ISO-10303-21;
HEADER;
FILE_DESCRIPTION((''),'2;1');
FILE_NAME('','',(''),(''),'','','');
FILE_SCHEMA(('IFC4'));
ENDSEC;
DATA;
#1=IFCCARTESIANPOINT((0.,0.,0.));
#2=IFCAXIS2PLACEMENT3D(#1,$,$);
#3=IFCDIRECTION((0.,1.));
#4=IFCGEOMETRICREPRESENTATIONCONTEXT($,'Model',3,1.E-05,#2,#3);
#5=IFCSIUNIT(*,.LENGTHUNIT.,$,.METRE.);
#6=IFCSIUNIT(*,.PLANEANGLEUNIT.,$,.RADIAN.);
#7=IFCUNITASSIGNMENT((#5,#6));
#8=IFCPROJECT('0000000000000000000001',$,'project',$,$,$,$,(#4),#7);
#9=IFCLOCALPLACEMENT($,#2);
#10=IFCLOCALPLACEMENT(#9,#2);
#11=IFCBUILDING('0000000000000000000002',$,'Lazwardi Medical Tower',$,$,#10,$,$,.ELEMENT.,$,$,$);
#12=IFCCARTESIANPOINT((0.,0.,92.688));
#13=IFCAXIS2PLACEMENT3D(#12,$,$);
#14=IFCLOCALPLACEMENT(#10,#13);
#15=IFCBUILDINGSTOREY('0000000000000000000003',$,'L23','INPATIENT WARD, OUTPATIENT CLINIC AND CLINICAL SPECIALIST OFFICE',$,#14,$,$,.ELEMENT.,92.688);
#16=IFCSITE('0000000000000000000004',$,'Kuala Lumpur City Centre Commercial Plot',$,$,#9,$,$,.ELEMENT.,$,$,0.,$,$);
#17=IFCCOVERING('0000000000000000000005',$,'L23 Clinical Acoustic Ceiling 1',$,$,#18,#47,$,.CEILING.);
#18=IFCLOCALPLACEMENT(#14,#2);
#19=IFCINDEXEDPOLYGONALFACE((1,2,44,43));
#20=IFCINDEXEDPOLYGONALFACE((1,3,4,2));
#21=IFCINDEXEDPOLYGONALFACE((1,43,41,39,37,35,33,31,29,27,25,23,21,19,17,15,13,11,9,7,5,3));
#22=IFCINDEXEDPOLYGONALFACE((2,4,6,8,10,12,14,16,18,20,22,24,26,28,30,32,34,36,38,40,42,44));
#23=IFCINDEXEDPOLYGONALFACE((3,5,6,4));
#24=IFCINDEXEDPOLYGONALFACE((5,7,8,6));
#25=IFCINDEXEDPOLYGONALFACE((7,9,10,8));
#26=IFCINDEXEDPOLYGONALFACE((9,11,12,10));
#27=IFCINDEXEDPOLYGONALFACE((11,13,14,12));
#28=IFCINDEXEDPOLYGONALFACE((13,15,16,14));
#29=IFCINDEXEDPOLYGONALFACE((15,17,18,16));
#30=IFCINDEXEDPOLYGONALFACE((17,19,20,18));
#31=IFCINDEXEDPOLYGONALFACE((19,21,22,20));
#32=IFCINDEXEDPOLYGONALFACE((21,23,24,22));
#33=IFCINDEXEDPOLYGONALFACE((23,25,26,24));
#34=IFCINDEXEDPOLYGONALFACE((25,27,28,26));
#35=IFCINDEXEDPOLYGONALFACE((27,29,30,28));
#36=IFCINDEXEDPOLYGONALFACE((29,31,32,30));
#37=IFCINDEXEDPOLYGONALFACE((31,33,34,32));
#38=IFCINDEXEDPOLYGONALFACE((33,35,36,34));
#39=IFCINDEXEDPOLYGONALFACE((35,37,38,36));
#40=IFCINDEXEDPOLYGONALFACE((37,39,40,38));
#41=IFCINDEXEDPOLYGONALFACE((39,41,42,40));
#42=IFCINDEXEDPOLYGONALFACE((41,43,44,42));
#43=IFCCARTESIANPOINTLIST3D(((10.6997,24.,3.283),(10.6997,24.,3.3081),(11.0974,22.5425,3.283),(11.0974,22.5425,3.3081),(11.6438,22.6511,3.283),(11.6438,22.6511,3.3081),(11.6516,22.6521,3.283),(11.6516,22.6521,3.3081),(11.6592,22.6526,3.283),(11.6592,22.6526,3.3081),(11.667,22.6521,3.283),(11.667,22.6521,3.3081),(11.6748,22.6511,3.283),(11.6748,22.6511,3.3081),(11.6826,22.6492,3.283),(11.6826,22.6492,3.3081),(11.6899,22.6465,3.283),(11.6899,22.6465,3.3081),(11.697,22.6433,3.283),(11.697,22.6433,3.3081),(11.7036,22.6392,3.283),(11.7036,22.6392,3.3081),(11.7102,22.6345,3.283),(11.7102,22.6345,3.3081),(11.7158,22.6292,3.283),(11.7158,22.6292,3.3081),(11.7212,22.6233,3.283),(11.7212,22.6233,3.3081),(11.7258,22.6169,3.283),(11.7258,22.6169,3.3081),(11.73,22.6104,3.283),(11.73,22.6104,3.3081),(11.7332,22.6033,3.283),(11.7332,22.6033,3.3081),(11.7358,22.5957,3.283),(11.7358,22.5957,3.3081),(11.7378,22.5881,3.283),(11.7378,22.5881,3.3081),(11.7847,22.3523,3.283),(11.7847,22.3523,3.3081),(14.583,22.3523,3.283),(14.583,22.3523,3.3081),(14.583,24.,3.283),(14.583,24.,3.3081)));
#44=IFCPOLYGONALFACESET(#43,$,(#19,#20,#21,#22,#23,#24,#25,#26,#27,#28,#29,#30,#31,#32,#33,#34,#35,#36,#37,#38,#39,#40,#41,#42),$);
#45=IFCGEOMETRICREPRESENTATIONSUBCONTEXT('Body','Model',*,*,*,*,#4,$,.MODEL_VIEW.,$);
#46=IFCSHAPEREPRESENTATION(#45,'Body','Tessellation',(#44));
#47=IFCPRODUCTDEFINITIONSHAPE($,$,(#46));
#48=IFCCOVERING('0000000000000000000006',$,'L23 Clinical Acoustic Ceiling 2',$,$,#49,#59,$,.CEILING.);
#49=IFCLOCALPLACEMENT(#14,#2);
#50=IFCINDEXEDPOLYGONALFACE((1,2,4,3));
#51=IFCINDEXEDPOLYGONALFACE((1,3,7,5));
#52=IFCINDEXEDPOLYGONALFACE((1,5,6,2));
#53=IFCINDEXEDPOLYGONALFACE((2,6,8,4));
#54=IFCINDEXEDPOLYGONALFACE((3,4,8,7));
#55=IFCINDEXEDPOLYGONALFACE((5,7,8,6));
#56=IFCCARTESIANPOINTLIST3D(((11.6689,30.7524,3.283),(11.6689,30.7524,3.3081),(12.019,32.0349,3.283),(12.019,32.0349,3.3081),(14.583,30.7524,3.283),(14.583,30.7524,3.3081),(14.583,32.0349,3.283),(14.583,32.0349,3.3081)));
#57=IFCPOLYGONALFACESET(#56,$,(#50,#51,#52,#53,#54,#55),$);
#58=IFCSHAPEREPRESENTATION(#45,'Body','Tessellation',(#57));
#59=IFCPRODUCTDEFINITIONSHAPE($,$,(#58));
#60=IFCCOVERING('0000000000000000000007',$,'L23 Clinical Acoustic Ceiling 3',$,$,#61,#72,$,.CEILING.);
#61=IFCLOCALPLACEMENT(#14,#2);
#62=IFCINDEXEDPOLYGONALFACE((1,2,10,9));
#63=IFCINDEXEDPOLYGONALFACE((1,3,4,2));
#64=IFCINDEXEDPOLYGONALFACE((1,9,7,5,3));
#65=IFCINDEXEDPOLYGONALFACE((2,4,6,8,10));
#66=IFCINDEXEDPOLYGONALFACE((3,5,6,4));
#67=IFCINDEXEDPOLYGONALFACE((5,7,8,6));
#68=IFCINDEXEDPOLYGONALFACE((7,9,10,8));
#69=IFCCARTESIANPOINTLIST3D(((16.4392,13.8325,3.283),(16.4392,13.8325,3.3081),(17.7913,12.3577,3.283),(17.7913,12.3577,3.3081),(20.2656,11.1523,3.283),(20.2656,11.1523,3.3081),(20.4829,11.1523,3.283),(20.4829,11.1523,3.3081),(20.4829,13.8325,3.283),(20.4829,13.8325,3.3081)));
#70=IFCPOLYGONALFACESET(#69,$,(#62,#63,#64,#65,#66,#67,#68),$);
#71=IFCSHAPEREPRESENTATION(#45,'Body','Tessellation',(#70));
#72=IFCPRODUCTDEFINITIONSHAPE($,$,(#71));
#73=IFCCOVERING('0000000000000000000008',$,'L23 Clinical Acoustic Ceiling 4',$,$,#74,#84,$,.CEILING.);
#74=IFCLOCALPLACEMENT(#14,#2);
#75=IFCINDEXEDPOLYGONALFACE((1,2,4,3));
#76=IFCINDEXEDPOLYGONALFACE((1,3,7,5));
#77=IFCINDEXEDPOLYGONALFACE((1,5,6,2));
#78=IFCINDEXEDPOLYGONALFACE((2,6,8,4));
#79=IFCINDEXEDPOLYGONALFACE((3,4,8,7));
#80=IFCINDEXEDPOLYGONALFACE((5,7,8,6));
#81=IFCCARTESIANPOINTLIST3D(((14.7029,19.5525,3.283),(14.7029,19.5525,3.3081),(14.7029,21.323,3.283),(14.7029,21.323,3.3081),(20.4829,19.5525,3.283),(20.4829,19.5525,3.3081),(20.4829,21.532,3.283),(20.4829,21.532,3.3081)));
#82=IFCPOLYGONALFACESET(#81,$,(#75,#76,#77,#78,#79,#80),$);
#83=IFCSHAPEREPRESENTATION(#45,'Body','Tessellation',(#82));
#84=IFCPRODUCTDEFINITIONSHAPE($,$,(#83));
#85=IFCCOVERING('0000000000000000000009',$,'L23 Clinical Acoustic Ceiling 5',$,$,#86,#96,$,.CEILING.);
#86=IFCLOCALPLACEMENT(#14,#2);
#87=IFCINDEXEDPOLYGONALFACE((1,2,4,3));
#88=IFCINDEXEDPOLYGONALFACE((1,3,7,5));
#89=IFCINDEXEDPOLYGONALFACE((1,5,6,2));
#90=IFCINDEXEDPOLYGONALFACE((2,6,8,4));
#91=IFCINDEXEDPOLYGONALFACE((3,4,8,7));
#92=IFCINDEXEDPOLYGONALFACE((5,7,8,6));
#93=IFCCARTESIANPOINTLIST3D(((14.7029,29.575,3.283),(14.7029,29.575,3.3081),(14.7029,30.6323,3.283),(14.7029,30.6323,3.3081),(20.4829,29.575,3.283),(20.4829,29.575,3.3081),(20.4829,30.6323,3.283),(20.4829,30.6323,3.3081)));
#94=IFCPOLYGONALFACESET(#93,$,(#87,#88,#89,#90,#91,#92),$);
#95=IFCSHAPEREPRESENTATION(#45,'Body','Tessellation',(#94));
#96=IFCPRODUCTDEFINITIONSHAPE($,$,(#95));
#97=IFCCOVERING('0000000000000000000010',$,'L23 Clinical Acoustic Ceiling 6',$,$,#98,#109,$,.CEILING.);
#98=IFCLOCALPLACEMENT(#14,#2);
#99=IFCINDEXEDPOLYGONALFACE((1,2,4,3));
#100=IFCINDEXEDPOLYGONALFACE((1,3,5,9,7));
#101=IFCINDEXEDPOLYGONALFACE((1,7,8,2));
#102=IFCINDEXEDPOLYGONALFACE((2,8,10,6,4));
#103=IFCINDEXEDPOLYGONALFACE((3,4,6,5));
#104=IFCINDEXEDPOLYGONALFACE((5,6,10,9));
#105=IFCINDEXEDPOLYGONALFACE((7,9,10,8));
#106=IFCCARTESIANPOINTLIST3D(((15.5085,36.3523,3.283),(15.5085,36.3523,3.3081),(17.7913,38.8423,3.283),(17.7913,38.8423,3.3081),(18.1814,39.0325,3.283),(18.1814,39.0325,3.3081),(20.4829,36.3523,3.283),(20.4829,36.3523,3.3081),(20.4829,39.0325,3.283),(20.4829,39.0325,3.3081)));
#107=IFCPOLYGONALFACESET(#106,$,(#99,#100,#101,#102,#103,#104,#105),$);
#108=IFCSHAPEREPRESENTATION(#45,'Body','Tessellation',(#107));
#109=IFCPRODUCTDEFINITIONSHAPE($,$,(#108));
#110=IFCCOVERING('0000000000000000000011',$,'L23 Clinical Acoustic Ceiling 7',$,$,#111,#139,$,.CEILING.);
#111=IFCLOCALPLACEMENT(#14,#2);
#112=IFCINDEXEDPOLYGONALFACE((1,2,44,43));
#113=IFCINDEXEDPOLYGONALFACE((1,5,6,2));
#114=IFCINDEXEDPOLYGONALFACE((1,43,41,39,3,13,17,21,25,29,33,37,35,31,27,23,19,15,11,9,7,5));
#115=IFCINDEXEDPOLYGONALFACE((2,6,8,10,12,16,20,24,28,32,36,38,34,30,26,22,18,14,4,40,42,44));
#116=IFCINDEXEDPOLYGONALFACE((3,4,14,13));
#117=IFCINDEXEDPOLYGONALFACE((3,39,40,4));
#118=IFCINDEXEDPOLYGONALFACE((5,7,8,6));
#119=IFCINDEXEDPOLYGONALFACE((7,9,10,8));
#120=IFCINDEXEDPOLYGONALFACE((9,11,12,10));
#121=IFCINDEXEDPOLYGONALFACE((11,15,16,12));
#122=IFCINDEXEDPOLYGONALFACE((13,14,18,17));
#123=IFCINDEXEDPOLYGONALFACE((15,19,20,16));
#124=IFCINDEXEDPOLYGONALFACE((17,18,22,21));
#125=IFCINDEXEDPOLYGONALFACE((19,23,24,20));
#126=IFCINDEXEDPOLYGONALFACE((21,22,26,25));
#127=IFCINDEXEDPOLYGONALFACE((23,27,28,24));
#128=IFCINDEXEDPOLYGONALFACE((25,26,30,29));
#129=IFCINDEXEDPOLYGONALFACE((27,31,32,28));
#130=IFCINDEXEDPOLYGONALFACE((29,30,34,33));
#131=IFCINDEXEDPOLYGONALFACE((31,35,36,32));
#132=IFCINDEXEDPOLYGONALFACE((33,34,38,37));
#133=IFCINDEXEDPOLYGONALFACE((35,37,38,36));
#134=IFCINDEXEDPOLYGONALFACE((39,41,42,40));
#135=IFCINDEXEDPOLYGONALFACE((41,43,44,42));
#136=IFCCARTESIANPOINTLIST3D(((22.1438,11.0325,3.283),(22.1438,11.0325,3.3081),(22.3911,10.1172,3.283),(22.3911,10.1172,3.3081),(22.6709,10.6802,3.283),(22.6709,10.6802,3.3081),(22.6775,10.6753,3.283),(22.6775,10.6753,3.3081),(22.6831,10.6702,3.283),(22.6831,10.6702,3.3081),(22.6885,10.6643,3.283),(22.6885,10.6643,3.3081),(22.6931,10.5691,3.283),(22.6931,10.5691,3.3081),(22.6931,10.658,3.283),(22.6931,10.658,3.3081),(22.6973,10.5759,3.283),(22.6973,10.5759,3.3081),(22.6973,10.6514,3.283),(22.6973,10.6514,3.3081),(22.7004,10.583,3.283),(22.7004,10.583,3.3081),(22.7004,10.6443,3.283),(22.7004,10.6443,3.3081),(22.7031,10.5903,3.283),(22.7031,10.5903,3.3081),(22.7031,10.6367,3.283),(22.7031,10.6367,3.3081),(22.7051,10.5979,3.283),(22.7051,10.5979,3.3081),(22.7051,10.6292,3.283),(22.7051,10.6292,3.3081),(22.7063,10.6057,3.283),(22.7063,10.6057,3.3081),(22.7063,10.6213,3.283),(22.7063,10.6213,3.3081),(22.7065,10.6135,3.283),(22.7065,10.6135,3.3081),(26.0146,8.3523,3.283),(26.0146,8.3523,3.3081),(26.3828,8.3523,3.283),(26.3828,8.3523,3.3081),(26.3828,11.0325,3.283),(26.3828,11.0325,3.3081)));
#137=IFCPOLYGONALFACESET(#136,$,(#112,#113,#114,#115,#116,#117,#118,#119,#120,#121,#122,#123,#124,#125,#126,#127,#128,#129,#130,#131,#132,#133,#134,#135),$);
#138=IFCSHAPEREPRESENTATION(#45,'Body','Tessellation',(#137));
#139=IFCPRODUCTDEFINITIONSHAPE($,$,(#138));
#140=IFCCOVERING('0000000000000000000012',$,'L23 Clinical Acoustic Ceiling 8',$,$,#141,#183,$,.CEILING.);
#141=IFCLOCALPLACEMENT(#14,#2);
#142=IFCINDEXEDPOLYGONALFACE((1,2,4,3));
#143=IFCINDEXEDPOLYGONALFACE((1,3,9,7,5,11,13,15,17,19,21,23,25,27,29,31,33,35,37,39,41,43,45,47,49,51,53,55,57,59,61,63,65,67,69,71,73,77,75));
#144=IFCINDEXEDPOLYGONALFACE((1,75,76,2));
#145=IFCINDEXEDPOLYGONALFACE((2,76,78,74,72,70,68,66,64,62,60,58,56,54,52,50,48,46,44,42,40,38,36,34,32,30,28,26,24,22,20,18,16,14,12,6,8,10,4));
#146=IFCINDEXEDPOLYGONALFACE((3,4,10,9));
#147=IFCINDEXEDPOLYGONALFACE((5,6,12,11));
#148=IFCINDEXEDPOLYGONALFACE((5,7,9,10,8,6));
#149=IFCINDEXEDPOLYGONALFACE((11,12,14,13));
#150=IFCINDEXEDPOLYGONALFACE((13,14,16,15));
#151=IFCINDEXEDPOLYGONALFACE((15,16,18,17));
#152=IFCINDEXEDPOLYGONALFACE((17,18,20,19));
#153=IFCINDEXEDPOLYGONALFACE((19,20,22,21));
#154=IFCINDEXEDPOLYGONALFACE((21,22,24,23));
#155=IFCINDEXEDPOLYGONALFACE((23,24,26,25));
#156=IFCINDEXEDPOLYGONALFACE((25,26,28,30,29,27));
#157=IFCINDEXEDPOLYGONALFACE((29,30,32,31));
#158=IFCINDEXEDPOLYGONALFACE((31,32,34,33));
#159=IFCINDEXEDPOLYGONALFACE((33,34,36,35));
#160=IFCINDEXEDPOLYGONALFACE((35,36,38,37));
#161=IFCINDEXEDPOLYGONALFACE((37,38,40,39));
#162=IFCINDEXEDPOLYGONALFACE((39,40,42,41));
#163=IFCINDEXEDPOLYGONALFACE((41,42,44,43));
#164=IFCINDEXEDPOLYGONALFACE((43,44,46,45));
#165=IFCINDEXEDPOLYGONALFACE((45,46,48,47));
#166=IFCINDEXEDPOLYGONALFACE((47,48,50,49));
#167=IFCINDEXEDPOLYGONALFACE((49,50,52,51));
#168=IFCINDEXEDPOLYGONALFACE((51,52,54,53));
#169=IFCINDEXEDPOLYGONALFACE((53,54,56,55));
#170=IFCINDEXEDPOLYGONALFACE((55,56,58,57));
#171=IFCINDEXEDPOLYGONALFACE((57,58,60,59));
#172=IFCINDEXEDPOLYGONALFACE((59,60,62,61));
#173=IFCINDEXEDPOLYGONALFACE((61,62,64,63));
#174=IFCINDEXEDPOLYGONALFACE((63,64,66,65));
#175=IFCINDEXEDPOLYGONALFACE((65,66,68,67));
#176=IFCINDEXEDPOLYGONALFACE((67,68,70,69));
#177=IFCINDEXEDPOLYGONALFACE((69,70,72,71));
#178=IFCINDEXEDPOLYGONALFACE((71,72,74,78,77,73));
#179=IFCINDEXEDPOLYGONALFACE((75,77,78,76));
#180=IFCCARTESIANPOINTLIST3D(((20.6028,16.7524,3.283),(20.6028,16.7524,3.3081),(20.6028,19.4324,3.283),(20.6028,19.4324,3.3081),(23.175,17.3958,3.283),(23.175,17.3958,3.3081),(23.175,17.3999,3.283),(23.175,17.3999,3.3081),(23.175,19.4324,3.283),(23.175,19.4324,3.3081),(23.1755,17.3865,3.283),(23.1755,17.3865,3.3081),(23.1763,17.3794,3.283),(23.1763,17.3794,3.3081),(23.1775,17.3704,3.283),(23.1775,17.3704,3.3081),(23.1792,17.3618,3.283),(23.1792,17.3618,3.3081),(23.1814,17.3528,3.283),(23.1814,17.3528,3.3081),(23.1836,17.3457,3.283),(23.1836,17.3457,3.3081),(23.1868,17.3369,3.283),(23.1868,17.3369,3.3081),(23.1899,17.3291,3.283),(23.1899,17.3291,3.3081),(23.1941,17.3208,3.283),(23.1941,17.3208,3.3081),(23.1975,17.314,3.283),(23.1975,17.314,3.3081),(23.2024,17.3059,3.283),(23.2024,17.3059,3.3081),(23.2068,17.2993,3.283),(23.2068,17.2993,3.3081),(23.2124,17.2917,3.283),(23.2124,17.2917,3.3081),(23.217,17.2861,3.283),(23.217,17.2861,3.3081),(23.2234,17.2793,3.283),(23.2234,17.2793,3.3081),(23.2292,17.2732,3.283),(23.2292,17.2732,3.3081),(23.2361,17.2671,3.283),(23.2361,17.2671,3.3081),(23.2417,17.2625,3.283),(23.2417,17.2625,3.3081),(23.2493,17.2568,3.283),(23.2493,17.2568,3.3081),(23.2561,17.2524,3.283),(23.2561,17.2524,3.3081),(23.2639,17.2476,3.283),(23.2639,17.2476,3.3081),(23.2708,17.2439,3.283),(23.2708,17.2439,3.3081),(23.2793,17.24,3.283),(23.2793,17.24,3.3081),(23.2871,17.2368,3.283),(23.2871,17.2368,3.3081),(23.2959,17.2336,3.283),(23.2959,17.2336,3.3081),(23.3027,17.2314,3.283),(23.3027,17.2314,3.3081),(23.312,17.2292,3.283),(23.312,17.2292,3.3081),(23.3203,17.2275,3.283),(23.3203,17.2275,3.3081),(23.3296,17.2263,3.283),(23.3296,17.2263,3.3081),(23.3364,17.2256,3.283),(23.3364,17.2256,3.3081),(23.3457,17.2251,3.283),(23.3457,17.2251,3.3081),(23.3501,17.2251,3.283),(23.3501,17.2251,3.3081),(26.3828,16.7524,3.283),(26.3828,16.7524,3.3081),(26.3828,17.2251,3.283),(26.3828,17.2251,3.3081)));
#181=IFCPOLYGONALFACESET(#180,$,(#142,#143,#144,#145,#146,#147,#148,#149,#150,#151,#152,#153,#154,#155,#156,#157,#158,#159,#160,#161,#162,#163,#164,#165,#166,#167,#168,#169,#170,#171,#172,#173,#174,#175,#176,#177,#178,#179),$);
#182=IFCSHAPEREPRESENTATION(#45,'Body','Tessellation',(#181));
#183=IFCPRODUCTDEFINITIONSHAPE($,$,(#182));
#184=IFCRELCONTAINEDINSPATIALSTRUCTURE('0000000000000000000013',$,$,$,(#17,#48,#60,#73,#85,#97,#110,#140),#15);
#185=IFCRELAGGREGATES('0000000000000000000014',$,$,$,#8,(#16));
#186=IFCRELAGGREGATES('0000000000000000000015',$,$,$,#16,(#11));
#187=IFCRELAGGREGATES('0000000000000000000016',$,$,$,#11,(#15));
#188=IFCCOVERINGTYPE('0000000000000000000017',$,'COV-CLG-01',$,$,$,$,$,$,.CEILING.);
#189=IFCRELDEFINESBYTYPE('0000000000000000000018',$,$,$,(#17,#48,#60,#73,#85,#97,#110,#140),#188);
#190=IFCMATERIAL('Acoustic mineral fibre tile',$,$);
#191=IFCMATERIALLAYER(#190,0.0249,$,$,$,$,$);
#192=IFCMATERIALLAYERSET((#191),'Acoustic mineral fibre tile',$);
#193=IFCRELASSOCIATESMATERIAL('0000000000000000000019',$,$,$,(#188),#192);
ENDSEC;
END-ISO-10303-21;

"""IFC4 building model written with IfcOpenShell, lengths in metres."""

from ifc_helpers import new_model, si_unit, direction, frame, origin, place, context, subcontext, project, spatial, polyline, outline, extrude, material, layer, layer_set, type_object, element, save


model = new_model("IFC4")

# Units and contexts
model_context = context("Model", 3, precision=1e-05, world=origin(), true_north=direction((0.0, 1.0)))
body_context = subcontext(model_context, "Body", "Model", "MODEL_VIEW")
ifc_project = project(units=[si_unit("LENGTHUNIT", "METRE"), si_unit("PLANEANGLEUNIT", "RADIAN")], contexts=[model_context])

# Site, building, storey
site_placement = place(None, origin())
site = spatial("IfcSite", under=ifc_project, at=site_placement, Name="Kuala Lumpur City Centre Commercial Plot", CompositionType="ELEMENT", RefElevation=0.0)
building_placement = place(site_placement, origin())
building = spatial("IfcBuilding", under=site, at=building_placement, Name="Lazwardi Medical Tower", CompositionType="ELEMENT")
storey_placement = place(building_placement, frame((0.0, 0.0, 92.688)))
storey = spatial("IfcBuildingStorey", under=building, at=storey_placement, Name="L23", Description="INPATIENT WARD, OUTPATIENT CLINIC AND CLINICAL SPECIALIST OFFICE", CompositionType="ELEMENT", Elevation=92.688)

# Coverings
ifc_material_1 = material(Name="Acoustic mineral fibre tile")
ifc_layer_1 = layer(ifc_material_1, 0.0249)
ifc_layer_set_1 = layer_set([ifc_layer_1], Name="Acoustic mineral fibre tile")
covering_type_1 = type_object("IfcCoveringType", Name="COV-CLG-01", PredefinedType="CEILING", material=ifc_layer_set_1)
covering_1_placement = place(storey_placement, frame((0.0, 0.0, 3.283)))
element("IfcCovering", 1, at=covering_1_placement, inside=storey, type_object=covering_type_1, Name="L23 Clinical Acoustic Ceiling 1", PredefinedType="CEILING", context=body_context, shape_type="SweptSolid", body=[
    extrude(outline(polyline([(14.583, 24.0), (10.6997, 24.0), (11.0974, 22.5425), (11.6438, 22.6511), (11.6516, 22.6521), (11.6592, 22.6526), (11.667, 22.6521), (11.6748, 22.6511), (11.6826, 22.6492), (11.6899, 22.6465), (11.697, 22.6433), (11.7036, 22.6392), (11.7102, 22.6345), (11.7158, 22.6292), (11.7212, 22.6233), (11.7258, 22.6169), (11.73, 22.6104), (11.7332, 22.6033), (11.7358, 22.5957), (11.7378, 22.5881), (11.7847, 22.3523), (14.583, 22.3523), (14.583, 24.0)])), origin(), (0.0, 0.0, 1.0), 0.0251),
])
covering_2_placement = place(storey_placement, frame((0.0, 0.0, 3.283)))
element("IfcCovering", 2, at=covering_2_placement, inside=storey, type_object=covering_type_1, Name="L23 Clinical Acoustic Ceiling 2", PredefinedType="CEILING", context=body_context, shape_type="SweptSolid", body=[
    extrude(outline(polyline([(14.583, 32.0349), (12.019, 32.0349), (11.6689, 30.7524), (14.583, 30.7524), (14.583, 32.0349)])), origin(), (0.0, 0.0, 1.0), 0.0251),
])
covering_3_placement = place(storey_placement, frame((0.0, 0.0, 3.283)))
element("IfcCovering", 3, at=covering_3_placement, inside=storey, type_object=covering_type_1, Name="L23 Clinical Acoustic Ceiling 3", PredefinedType="CEILING", context=body_context, shape_type="SweptSolid", body=[
    extrude(outline(polyline([(16.4392, 13.8325), (17.7913, 12.3577), (20.2656, 11.1523), (20.4829, 11.1523), (20.4829, 13.8325), (16.4392, 13.8325)])), origin(), (0.0, 0.0, 1.0), 0.0251),
])
covering_4_placement = place(storey_placement, frame((0.0, 0.0, 3.283)))
element("IfcCovering", 4, at=covering_4_placement, inside=storey, type_object=covering_type_1, Name="L23 Clinical Acoustic Ceiling 4", PredefinedType="CEILING", context=body_context, shape_type="SweptSolid", body=[
    extrude(outline(polyline([(20.4829, 21.532), (14.7029, 21.323), (14.7029, 19.5525), (20.4829, 19.5525), (20.4829, 21.532)])), origin(), (0.0, 0.0, 1.0), 0.0251),
])
covering_5_placement = place(storey_placement, frame((0.0, 0.0, 3.283)))
element("IfcCovering", 5, at=covering_5_placement, inside=storey, type_object=covering_type_1, Name="L23 Clinical Acoustic Ceiling 5", PredefinedType="CEILING", context=body_context, shape_type="SweptSolid", body=[
    extrude(outline(polyline([(14.7029, 29.575), (20.4829, 29.575), (20.4829, 30.6323), (14.7029, 30.6323), (14.7029, 29.575)])), origin(), (0.0, 0.0, 1.0), 0.0251),
])
covering_6_placement = place(storey_placement, frame((0.0, 0.0, 3.283)))
element("IfcCovering", 6, at=covering_6_placement, inside=storey, type_object=covering_type_1, Name="L23 Clinical Acoustic Ceiling 6", PredefinedType="CEILING", context=body_context, shape_type="SweptSolid", body=[
    extrude(outline(polyline([(18.1814, 39.0325), (17.7913, 38.8423), (15.5085, 36.3523), (20.4829, 36.3523), (20.4829, 39.0325), (18.1814, 39.0325)])), origin(), (0.0, 0.0, 1.0), 0.0251),
])
covering_7_placement = place(storey_placement, frame((0.0, 0.0, 3.283)))
element("IfcCovering", 7, at=covering_7_placement, inside=storey, type_object=covering_type_1, Name="L23 Clinical Acoustic Ceiling 7", PredefinedType="CEILING", context=body_context, shape_type="SweptSolid", body=[
    extrude(outline(polyline([(22.1438, 11.0325), (22.6709, 10.6802), (22.6775, 10.6753), (22.6831, 10.6702), (22.6885, 10.6643), (22.6931, 10.658), (22.6973, 10.6514), (22.7004, 10.6443), (22.7031, 10.6367), (22.7051, 10.6292), (22.7063, 10.6213), (22.7065, 10.6135), (22.7063, 10.6057), (22.7051, 10.5979), (22.7031, 10.5903), (22.7004, 10.583), (22.6973, 10.5759), (22.6931, 10.5691), (22.3911, 10.1172), (26.0146, 8.3523), (26.3828, 8.3523), (26.3828, 11.0325), (22.1438, 11.0325)])), origin(), (0.0, 0.0, 1.0), 0.0251),
])
covering_8_placement = place(storey_placement, frame((0.0, 0.0, 3.283)))
element("IfcCovering", 8, at=covering_8_placement, inside=storey, type_object=covering_type_1, Name="L23 Clinical Acoustic Ceiling 8", PredefinedType="CEILING", context=body_context, shape_type="SweptSolid", body=[
    extrude(outline(polyline([(26.3828, 17.2251), (23.3501, 17.2251), (23.3457, 17.2251), (23.3364, 17.2256), (23.3296, 17.2263), (23.3203, 17.2275), (23.312, 17.2292), (23.3027, 17.2314), (23.2959, 17.2336), (23.2871, 17.2368), (23.2793, 17.24), (23.2708, 17.2439), (23.2639, 17.2476), (23.2561, 17.2524), (23.2493, 17.2568), (23.2417, 17.2625), (23.2361, 17.2671), (23.2292, 17.2732), (23.2234, 17.2793), (23.217, 17.2861), (23.2124, 17.2917), (23.2068, 17.2993), (23.2024, 17.3059), (23.1975, 17.314), (23.1941, 17.3208), (23.1899, 17.3291), (23.1868, 17.3369), (23.1836, 17.3457), (23.1814, 17.3528), (23.1792, 17.3618), (23.1775, 17.3704), (23.1763, 17.3794), (23.1755, 17.3865), (23.175, 17.3958), (23.175, 17.3999), (23.175, 19.4324), (20.6028, 19.4324), (20.6028, 16.7524), (26.3828, 16.7524), (26.3828, 17.2251)])), origin(), (0.0, 0.0, 1.0), 0.0251),
])

save(model, "model.ifc")
